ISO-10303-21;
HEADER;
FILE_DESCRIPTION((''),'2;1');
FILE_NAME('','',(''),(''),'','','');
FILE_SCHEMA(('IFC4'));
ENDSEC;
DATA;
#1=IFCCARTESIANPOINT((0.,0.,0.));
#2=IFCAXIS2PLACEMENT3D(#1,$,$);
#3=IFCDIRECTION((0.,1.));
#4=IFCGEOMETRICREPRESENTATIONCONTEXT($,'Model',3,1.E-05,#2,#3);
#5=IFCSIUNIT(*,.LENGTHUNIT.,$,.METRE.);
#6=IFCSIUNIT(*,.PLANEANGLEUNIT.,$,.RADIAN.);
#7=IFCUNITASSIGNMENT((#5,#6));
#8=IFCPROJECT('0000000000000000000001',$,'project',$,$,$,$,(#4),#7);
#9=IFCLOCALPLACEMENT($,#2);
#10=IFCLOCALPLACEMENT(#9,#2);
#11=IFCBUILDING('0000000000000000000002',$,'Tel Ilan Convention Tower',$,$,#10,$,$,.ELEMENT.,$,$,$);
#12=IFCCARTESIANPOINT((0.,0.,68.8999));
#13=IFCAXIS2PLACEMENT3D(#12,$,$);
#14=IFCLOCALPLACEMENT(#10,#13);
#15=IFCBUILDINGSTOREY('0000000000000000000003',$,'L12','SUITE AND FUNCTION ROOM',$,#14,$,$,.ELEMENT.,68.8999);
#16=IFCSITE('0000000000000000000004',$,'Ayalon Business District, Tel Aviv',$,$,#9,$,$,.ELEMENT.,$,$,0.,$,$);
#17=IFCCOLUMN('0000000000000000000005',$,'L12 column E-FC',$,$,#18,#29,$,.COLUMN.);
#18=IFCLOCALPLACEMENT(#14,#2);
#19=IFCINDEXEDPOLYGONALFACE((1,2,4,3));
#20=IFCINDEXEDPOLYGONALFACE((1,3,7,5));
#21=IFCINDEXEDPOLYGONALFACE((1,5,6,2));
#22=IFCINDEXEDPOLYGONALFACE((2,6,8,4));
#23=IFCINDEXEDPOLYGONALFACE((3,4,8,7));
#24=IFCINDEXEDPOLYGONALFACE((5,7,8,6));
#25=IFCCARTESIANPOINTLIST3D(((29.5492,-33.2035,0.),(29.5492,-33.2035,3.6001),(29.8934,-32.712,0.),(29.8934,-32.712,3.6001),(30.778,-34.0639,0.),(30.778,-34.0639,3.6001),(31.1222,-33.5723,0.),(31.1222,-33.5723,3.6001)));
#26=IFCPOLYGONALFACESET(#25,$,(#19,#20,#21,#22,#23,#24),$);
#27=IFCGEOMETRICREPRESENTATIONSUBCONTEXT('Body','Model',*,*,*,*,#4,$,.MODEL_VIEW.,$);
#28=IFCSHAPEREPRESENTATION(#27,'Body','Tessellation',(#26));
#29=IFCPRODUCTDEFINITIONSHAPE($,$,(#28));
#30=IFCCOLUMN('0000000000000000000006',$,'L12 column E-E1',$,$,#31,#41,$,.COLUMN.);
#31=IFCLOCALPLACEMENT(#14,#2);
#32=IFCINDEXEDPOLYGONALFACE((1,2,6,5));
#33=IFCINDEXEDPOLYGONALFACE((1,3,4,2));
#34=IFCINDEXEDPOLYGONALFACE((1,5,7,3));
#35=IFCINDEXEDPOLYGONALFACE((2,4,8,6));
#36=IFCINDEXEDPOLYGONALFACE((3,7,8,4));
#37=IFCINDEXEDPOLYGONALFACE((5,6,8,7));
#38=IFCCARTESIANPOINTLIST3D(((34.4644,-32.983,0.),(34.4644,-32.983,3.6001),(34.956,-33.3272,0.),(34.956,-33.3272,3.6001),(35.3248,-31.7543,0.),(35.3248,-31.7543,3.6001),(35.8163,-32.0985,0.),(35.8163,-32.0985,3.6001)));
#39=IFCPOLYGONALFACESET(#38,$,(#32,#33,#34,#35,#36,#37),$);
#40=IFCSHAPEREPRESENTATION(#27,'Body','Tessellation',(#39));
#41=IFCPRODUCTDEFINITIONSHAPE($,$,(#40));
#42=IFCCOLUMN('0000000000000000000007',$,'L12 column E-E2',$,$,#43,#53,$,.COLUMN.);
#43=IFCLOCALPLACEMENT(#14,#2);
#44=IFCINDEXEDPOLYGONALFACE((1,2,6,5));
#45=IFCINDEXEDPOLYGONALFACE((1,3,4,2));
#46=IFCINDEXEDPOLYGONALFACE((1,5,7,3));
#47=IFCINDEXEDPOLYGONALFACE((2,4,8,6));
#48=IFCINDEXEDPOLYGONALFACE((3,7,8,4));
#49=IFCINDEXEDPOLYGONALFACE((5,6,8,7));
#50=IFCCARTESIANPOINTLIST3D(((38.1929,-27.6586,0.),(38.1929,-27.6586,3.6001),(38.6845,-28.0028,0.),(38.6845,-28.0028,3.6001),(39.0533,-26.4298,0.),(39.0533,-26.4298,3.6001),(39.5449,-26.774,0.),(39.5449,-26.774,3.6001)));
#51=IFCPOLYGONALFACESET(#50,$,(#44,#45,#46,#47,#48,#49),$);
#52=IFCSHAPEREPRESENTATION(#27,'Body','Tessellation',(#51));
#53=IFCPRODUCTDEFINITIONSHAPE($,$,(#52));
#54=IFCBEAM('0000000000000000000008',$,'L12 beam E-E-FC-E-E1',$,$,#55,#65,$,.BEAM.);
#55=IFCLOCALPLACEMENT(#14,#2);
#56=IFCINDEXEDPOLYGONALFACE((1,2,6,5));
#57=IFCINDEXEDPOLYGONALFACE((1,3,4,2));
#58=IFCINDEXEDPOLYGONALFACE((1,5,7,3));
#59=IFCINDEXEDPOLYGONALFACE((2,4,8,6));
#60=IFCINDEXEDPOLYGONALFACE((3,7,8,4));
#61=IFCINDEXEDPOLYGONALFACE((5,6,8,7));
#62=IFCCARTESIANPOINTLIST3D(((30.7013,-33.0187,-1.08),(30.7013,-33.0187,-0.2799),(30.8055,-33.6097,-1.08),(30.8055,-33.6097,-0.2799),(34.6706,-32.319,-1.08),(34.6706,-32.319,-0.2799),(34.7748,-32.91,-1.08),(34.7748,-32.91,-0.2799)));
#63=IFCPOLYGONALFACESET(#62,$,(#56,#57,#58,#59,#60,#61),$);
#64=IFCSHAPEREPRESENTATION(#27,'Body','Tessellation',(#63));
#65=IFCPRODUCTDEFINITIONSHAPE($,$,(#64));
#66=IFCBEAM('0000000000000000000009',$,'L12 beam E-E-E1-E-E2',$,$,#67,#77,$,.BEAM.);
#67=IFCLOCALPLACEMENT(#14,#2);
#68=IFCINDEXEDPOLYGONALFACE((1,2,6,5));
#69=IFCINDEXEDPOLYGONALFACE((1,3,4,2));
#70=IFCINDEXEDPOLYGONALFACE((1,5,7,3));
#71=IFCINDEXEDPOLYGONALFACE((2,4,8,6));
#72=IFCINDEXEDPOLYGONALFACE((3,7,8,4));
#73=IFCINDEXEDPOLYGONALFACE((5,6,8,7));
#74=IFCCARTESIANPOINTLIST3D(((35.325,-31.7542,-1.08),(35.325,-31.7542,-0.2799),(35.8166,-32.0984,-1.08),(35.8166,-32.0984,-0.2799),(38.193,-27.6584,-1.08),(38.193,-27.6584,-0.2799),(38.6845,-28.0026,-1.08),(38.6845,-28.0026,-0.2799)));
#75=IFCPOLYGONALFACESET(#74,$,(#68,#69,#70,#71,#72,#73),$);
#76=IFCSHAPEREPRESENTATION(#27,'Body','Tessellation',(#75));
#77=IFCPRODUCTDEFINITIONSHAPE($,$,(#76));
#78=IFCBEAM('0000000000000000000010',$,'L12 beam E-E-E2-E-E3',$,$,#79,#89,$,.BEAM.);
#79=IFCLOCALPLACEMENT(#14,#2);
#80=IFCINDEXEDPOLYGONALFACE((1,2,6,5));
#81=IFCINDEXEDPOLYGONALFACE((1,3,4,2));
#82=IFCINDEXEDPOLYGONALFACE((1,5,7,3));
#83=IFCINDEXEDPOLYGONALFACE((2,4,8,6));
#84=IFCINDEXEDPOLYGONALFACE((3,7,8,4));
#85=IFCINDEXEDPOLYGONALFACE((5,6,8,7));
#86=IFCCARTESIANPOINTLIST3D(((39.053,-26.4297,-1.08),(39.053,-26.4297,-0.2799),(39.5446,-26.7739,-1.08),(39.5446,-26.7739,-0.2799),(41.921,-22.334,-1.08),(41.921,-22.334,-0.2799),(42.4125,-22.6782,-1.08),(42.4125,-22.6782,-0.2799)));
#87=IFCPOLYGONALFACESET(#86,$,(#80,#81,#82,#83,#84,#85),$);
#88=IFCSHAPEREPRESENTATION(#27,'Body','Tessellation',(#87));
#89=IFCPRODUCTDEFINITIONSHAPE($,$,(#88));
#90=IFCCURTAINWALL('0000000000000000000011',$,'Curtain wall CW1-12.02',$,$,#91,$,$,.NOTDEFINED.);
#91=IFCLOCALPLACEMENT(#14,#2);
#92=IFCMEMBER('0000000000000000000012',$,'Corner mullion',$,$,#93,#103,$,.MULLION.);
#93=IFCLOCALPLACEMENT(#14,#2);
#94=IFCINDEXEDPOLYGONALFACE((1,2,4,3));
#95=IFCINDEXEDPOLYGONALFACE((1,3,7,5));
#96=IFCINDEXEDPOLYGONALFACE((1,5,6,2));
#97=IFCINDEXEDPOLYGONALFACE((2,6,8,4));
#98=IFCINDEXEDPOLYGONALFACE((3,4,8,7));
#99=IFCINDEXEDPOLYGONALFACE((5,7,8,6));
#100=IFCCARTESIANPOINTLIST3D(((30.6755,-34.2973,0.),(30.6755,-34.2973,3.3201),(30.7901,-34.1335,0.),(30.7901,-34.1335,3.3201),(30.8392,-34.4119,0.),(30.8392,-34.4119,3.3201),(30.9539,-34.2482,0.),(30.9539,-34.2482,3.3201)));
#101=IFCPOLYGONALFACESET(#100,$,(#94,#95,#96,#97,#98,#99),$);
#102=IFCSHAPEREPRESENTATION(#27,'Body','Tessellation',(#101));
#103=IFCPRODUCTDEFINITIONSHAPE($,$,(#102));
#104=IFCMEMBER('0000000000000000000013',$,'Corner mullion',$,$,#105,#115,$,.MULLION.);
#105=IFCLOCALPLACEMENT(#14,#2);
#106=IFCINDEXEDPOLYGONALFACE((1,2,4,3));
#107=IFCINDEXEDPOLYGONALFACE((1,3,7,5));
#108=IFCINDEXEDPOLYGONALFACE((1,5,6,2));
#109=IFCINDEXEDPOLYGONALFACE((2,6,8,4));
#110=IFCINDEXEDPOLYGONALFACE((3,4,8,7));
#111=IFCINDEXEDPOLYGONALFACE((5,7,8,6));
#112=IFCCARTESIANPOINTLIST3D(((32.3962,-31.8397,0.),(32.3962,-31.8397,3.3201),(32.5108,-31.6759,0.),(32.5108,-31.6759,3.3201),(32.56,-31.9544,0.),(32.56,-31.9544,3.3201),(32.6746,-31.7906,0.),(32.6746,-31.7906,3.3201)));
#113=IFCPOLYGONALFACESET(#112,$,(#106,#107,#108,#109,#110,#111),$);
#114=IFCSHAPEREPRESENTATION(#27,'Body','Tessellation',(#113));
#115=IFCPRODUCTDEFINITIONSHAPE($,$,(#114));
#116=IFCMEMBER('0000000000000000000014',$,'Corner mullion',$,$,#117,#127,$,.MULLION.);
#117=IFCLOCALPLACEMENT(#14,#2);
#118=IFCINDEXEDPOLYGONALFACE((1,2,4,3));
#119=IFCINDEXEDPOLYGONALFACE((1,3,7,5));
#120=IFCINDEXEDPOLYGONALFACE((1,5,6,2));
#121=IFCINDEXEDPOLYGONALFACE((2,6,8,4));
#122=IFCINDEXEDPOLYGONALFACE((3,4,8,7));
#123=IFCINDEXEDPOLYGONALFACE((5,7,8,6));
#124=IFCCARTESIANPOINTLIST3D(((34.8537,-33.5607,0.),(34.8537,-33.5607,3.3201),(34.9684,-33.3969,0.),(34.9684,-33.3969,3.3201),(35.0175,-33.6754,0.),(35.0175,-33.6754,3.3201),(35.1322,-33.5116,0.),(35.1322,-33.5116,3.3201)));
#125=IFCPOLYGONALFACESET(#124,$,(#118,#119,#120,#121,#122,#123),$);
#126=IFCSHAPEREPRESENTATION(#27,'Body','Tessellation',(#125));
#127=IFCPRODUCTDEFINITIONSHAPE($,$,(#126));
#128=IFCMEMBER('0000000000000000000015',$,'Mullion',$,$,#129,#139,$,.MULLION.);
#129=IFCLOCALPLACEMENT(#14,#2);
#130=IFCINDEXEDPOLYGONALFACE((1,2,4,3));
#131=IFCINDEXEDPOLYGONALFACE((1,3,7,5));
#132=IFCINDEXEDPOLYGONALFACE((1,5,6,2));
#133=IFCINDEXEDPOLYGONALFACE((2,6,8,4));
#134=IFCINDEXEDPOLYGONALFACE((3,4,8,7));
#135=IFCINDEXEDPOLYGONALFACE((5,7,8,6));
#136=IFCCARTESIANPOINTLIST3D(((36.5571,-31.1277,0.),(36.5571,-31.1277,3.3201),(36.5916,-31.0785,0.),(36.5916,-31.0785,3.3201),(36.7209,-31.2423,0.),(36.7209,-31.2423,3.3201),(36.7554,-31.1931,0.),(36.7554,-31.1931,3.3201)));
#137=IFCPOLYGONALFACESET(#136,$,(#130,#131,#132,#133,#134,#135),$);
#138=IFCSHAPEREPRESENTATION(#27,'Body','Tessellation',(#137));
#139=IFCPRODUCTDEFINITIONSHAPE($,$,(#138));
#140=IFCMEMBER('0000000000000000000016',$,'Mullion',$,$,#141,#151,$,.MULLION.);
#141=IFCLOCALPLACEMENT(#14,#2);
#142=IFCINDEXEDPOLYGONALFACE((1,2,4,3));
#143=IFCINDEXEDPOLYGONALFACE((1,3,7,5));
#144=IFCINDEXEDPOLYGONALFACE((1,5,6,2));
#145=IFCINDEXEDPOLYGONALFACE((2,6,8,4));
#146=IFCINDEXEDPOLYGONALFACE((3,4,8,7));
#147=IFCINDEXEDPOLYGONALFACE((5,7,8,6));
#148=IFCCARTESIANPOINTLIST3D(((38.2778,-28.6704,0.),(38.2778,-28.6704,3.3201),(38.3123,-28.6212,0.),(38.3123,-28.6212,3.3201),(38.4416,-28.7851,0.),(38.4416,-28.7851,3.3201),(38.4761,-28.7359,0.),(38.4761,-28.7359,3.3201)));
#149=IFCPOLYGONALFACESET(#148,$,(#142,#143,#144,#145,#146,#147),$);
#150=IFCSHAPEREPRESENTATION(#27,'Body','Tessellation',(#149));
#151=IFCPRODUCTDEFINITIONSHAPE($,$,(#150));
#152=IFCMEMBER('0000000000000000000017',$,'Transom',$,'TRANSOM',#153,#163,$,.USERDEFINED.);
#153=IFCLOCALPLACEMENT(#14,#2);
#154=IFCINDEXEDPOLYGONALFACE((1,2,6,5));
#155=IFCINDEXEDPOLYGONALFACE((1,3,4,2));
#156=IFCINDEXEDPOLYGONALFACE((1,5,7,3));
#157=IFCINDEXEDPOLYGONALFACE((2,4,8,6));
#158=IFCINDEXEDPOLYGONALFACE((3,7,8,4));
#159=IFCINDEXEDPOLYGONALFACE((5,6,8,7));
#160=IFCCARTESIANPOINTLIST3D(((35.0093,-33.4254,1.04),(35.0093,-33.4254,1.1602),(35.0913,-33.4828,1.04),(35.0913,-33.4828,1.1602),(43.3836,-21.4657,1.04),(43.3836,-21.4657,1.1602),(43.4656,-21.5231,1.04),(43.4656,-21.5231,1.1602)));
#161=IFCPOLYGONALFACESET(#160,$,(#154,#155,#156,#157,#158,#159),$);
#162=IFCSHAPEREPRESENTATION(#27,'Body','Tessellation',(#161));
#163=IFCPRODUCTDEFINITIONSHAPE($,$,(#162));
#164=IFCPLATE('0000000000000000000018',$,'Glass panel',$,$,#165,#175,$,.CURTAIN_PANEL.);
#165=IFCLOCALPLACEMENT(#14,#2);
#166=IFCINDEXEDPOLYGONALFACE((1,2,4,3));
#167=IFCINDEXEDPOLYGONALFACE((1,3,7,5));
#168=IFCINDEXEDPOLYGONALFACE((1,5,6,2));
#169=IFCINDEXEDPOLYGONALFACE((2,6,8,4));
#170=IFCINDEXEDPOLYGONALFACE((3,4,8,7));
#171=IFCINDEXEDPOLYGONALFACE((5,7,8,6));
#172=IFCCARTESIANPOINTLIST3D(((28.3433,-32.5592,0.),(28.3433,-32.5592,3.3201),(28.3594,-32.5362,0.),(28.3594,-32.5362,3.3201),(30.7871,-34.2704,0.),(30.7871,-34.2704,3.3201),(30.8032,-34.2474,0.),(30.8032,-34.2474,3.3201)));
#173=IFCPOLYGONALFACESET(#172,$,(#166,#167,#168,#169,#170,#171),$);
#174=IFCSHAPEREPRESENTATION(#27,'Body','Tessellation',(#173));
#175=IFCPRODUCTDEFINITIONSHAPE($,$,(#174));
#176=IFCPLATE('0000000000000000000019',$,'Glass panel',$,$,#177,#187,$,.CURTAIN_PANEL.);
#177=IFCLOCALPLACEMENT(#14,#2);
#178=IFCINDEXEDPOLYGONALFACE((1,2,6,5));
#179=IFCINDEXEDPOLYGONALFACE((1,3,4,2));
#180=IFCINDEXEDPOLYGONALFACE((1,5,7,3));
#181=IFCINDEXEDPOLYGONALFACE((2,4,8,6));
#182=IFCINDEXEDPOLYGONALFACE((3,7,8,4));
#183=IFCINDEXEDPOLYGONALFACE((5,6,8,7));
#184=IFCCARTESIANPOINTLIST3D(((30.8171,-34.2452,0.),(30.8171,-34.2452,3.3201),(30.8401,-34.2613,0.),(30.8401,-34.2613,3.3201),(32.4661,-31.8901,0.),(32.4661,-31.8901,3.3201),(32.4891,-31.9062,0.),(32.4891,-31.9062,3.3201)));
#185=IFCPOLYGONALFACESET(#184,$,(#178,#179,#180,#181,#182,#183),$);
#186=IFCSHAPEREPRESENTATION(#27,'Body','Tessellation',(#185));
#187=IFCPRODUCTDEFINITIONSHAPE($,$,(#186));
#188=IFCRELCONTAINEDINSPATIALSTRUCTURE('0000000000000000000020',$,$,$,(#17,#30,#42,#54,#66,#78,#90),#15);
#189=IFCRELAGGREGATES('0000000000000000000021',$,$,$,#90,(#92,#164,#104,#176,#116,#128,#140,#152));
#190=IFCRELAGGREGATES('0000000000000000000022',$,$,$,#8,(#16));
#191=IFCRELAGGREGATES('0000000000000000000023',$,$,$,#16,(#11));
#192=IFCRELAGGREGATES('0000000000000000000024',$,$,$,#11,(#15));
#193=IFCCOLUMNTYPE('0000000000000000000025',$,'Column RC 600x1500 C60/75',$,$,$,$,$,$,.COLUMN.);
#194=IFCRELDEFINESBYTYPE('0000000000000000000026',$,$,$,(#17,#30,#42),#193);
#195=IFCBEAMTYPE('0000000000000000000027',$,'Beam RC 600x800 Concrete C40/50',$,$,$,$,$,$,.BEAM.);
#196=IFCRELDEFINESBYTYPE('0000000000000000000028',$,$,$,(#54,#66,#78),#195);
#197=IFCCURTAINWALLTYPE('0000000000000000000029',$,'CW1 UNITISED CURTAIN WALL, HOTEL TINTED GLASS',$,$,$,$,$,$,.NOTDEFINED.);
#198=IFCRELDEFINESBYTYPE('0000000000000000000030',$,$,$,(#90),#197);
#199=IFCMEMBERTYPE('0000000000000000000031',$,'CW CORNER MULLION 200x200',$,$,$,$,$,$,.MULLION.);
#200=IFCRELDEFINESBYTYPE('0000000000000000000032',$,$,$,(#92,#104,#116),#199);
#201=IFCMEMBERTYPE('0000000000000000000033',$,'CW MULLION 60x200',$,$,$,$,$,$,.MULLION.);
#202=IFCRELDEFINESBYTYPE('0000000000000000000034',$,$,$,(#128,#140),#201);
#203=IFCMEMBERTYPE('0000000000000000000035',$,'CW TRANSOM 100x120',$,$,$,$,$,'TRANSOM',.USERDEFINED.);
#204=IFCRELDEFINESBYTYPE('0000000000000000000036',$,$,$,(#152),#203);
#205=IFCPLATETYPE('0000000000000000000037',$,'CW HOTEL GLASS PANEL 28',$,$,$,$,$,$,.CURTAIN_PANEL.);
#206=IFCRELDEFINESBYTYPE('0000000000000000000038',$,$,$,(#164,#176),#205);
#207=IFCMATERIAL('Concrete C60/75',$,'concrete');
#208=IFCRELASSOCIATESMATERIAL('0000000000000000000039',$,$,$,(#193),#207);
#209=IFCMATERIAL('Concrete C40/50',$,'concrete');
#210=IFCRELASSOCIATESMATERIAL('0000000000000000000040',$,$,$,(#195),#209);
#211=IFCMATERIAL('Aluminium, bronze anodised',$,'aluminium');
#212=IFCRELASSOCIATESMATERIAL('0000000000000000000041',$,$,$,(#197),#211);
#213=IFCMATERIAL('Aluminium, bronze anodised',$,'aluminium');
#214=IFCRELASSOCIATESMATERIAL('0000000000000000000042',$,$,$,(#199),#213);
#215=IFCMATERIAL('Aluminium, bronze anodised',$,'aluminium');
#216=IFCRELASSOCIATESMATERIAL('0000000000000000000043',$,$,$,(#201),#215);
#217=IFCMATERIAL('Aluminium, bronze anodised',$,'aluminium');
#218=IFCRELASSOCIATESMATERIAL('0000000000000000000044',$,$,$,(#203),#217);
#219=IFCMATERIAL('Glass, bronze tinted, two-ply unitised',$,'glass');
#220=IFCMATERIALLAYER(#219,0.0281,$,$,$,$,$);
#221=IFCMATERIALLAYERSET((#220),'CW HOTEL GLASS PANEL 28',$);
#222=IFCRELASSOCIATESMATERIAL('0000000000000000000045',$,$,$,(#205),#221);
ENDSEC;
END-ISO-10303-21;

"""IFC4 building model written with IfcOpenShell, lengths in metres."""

from ifc_helpers import new_model, si_unit, direction, frame, origin, origin_2d, place, context, subcontext, project, spatial, rectangle, extrude, material, layer, layer_set, material_profile, profile_set, type_object, element, aggregate, save


model = new_model("IFC4")

# Units and contexts
model_context = context("Model", 3, precision=1e-05, world=origin(), true_north=direction((0.0, 1.0)))
body_context = subcontext(model_context, "Body", "Model", "MODEL_VIEW")
ifc_project = project(units=[si_unit("LENGTHUNIT", "METRE"), si_unit("PLANEANGLEUNIT", "RADIAN")], contexts=[model_context])

# Site, building, storey
site_placement = place(None, origin())
site = spatial("IfcSite", under=ifc_project, at=site_placement, Name="Ayalon Business District, Tel Aviv", CompositionType="ELEMENT", RefElevation=0.0)
building_placement = place(site_placement, origin())
building = spatial("IfcBuilding", under=site, at=building_placement, Name="Tel Ilan Convention Tower", CompositionType="ELEMENT")
storey_placement = place(building_placement, frame((0.0, 0.0, 68.8999)))
storey = spatial("IfcBuildingStorey", under=building, at=storey_placement, Name="L12", Description="SUITE AND FUNCTION ROOM", CompositionType="ELEMENT", Elevation=68.8999)

# Columns
ifc_material_1 = material(Name="Concrete C60/75", Category="concrete")
ifc_material_profile_1 = material_profile(ifc_material_1, rectangle(XDim=1.5, YDim=0.6001, at=origin_2d()), Name="RC 600x1500")
ifc_profile_set_1 = profile_set([ifc_material_profile_1], Name="Concrete C60/75")
column_type = type_object("IfcColumnType", Name="Column RC 600x1500 C60/75", PredefinedType="COLUMN", material=ifc_profile_set_1)
for number, where, z_axis, x_axis, name in (
    (1, (30.3357, -33.3879, 0.0), (0.0, 0.0, 1.0), (0.819152, -0.573576, 0.0), "L12 column E-FC"),
    (2, (35.1404, -32.5408, 0.0), (0.0, 0.0, 1.0), (0.573576, 0.819152, 0.0), "L12 column E-E1"),
    (3, (38.8689, -27.2163, 0.0), (0.0, 0.0, 1.0), (0.573576, 0.819152, 0.0), "L12 column E-E2"),
):
    element("IfcColumn", number, at=place(storey_placement, frame(where, z_axis=z_axis, x_axis=x_axis)), inside=storey, type_object=column_type, Name=name, PredefinedType="COLUMN", context=body_context, shape_type="SweptSolid", body=[
        extrude(rectangle(XDim=1.5, YDim=0.6001, at=origin_2d()), origin(), (0.0, 0.0, 1.0), 3.6001),
    ])

# Beams
ifc_material_2 = material(Name="Concrete C40/50", Category="concrete")
ifc_material_profile_2 = material_profile(ifc_material_2, rectangle(XDim=0.6001, YDim=0.8, at=origin_2d()), Name="RC 600x800")
ifc_profile_set_2 = profile_set([ifc_material_profile_2], Name="Concrete C40/50")
beam_type = type_object("IfcBeamType", Name="Beam RC 600x800 Concrete C40/50", PredefinedType="BEAM", material=ifc_profile_set_2)
beam_placement = place(storey_placement, frame((30.7534, -33.3142, -0.6799), z_axis=(0.984815, 0.173606, 0.0), x_axis=(-0.173606, 0.984815, 0.0)))
element("IfcBeam", 4, at=beam_placement, inside=storey, type_object=beam_type, Name="L12 beam E-E-FC-E-E1", PredefinedType="BEAM", context=body_context, shape_type="SweptSolid", body=[
    extrude(rectangle(XDim=0.6001, YDim=0.8, at=origin_2d()), origin(), (0.0, 0.0, 1.0), 4.0305),
])
for number, where, z_axis, x_axis, name in (
    (5, (35.5708, -31.9263, -0.6799), (0.573587, 0.819145, 0.0), (-0.819145, 0.573587, 0.0), "L12 beam E-E-E1-E-E2"),
    (6, (39.2988, -26.6018, -0.6799), (0.573587, 0.819145, 0.0), (-0.819145, 0.573587, 0.0), "L12 beam E-E-E2-E-E3"),
):
    element("IfcBeam", number, at=place(storey_placement, frame(where, z_axis=z_axis, x_axis=x_axis)), inside=storey, type_object=beam_type, Name=name, PredefinedType="BEAM", context=body_context, shape_type="SweptSolid", body=[
        extrude(rectangle(XDim=0.6001, YDim=0.8, at=origin_2d()), origin(), (0.0, 0.0, 1.0), 5.0),
    ])

# Curtain wall, members, plates
ifc_material_3 = material(Name="Aluminium, bronze anodised", Category="aluminium")
curtain_wall_type = type_object("IfcCurtainWallType", Name="CW1 UNITISED CURTAIN WALL, HOTEL TINTED GLASS", PredefinedType="NOTDEFINED", material=ifc_material_3)
curtain_wall_placement = place(storey_placement, origin())
curtain_wall = element("IfcCurtainWall", 7, at=curtain_wall_placement, inside=storey, type_object=curtain_wall_type, Name="Curtain wall CW1-12.02", PredefinedType="NOTDEFINED")
ifc_material_4 = material(Name="Aluminium, bronze anodised", Category="aluminium")
ifc_material_profile_3 = material_profile(ifc_material_4, rectangle(XDim=0.2, YDim=0.2, at=origin_2d()), Name="CW CORNER MULLION 200x200")
ifc_profile_set_3 = profile_set([ifc_material_profile_3], Name="Aluminium, bronze anodised")
member_type_1 = type_object("IfcMemberType", Name="CW CORNER MULLION 200x200", PredefinedType="MULLION", material=ifc_profile_set_3)
member_1_placement = place(storey_placement, frame((30.8147, -34.2727, 0.0), z_axis=(0.0, 0.0, 1.0), x_axis=(0.819152, -0.573576, 0.0)))
member_1 = element("IfcMember", 8, at=member_1_placement, type_object=member_type_1, Name="Corner mullion", PredefinedType="MULLION", context=body_context, shape_type="SweptSolid", body=[
    extrude(rectangle(XDim=0.2, YDim=0.2, at=origin_2d()), origin(), (0.0, 0.0, 1.0), 3.3201),
])
member_2_placement = place(storey_placement, frame((32.5354, -31.8152, 0.0), z_axis=(0.0, 0.0, 1.0), x_axis=(0.573576, 0.819152, 0.0)))
member_2 = element("IfcMember", 9, at=member_2_placement, type_object=member_type_1, Name="Corner mullion", PredefinedType="MULLION", context=body_context, shape_type="SweptSolid", body=[
    extrude(rectangle(XDim=0.2, YDim=0.2, at=origin_2d()), origin(), (0.0, 0.0, 1.0), 3.3201),
])
member_3_placement = place(storey_placement, frame((34.9929, -33.5361, 0.0), z_axis=(0.0, 0.0, 1.0), x_axis=(0.819152, -0.573576, 0.0)))
member_3 = element("IfcMember", 10, at=member_3_placement, type_object=member_type_1, Name="Corner mullion", PredefinedType="MULLION", context=body_context, shape_type="SweptSolid", body=[
    extrude(rectangle(XDim=0.2, YDim=0.2, at=origin_2d()), origin(), (0.0, 0.0, 1.0), 3.3201),
])
ifc_material_5 = material(Name="Aluminium, bronze anodised", Category="aluminium")
ifc_material_profile_4 = material_profile(ifc_material_5, rectangle(XDim=0.0601, YDim=0.2, at=origin_2d()), Name="CW MULLION 60x200")
ifc_profile_set_4 = profile_set([ifc_material_profile_4], Name="Aluminium, bronze anodised")
member_type_2 = type_object("IfcMemberType", Name="CW MULLION 60x200", PredefinedType="MULLION", material=ifc_profile_set_4)
member_4_placement = place(storey_placement, frame((36.6562, -31.1604, 0.0), z_axis=(0.0, 0.0, 1.0), x_axis=(0.573576, 0.819152, 0.0)))
member_4 = element("IfcMember", 11, at=member_4_placement, type_object=member_type_2, Name="Mullion", PredefinedType="MULLION", context=body_context, shape_type="SweptSolid", body=[
    extrude(rectangle(XDim=0.0601, YDim=0.2, at=origin_2d()), origin(), (0.0, 0.0, 1.0), 3.3201),
])
member_5_placement = place(storey_placement, frame((38.377, -28.7031, 0.0), z_axis=(0.0, 0.0, 1.0), x_axis=(0.573576, 0.819152, 0.0)))
member_5 = element("IfcMember", 12, at=member_5_placement, type_object=member_type_2, Name="Mullion", PredefinedType="MULLION", context=body_context, shape_type="SweptSolid", body=[
    extrude(rectangle(XDim=0.0601, YDim=0.2, at=origin_2d()), origin(), (0.0, 0.0, 1.0), 3.3201),
])
ifc_material_6 = material(Name="Aluminium, bronze anodised", Category="aluminium")
ifc_material_profile_5 = material_profile(ifc_material_6, rectangle(XDim=0.1001, YDim=0.1201, at=origin_2d()), Name="CW TRANSOM 100x120")
ifc_profile_set_5 = profile_set([ifc_material_profile_5], Name="Aluminium, bronze anodised")
member_type_3 = type_object("IfcMemberType", Name="CW TRANSOM 100x120", ElementType="TRANSOM", PredefinedType="USERDEFINED", material=ifc_profile_set_5)
member_6_placement = place(storey_placement, frame((35.0503, -33.4541, 1.1001), z_axis=(0.573576, 0.819153, 0.0), x_axis=(-0.819153, 0.573576, 0.0)))
member_6 = element("IfcMember", 13, at=member_6_placement, type_object=member_type_3, Name="Transom", ObjectType="TRANSOM", PredefinedType="USERDEFINED", context=body_context, shape_type="SweptSolid", body=[
    extrude(rectangle(XDim=0.1001, YDim=0.1201, at=origin_2d()), origin(), (0.0, 0.0, 1.0), 14.6001),
])
ifc_material_7 = material(Name="Glass, bronze tinted, two-ply unitised", Category="glass")
ifc_layer_1 = layer(ifc_material_7, 0.0281)
ifc_layer_set_1 = layer_set([ifc_layer_1], Name="CW HOTEL GLASS PANEL 28")
plate_type = type_object("IfcPlateType", Name="CW HOTEL GLASS PANEL 28", PredefinedType="CURTAIN_PANEL", material=ifc_layer_set_1)
plate_1_placement = place(storey_placement, frame((29.5732, -33.4033, 0.0), z_axis=(0.0, 0.0, 1.0), x_axis=(0.819152, -0.573576, 0.0)))
plate_1 = element("IfcPlate", 14, at=plate_1_placement, type_object=plate_type, Name="Glass panel", PredefinedType="CURTAIN_PANEL", context=body_context, shape_type="SweptSolid", body=[
    extrude(rectangle(XDim=2.9834, YDim=0.0281, at=origin_2d()), origin(), (0.0, 0.0, 1.0), 3.3201),
])
plate_2_placement = place(storey_placement, frame((31.6531, -33.0757, 0.0), z_axis=(0.0, 0.0, 1.0), x_axis=(0.573576, 0.819152, 0.0)))
plate_2 = element("IfcPlate", 15, at=plate_2_placement, type_object=plate_type, Name="Glass panel", PredefinedType="CURTAIN_PANEL", context=body_context, shape_type="SweptSolid", body=[
    extrude(rectangle(XDim=2.875, YDim=0.0281, at=origin_2d()), origin(), (0.0, 0.0, 1.0), 3.3201),
])
aggregate(curtain_wall, [member_1, plate_1, member_2, plate_2, member_3, member_4, member_5, member_6])

save(model, "model.ifc")
